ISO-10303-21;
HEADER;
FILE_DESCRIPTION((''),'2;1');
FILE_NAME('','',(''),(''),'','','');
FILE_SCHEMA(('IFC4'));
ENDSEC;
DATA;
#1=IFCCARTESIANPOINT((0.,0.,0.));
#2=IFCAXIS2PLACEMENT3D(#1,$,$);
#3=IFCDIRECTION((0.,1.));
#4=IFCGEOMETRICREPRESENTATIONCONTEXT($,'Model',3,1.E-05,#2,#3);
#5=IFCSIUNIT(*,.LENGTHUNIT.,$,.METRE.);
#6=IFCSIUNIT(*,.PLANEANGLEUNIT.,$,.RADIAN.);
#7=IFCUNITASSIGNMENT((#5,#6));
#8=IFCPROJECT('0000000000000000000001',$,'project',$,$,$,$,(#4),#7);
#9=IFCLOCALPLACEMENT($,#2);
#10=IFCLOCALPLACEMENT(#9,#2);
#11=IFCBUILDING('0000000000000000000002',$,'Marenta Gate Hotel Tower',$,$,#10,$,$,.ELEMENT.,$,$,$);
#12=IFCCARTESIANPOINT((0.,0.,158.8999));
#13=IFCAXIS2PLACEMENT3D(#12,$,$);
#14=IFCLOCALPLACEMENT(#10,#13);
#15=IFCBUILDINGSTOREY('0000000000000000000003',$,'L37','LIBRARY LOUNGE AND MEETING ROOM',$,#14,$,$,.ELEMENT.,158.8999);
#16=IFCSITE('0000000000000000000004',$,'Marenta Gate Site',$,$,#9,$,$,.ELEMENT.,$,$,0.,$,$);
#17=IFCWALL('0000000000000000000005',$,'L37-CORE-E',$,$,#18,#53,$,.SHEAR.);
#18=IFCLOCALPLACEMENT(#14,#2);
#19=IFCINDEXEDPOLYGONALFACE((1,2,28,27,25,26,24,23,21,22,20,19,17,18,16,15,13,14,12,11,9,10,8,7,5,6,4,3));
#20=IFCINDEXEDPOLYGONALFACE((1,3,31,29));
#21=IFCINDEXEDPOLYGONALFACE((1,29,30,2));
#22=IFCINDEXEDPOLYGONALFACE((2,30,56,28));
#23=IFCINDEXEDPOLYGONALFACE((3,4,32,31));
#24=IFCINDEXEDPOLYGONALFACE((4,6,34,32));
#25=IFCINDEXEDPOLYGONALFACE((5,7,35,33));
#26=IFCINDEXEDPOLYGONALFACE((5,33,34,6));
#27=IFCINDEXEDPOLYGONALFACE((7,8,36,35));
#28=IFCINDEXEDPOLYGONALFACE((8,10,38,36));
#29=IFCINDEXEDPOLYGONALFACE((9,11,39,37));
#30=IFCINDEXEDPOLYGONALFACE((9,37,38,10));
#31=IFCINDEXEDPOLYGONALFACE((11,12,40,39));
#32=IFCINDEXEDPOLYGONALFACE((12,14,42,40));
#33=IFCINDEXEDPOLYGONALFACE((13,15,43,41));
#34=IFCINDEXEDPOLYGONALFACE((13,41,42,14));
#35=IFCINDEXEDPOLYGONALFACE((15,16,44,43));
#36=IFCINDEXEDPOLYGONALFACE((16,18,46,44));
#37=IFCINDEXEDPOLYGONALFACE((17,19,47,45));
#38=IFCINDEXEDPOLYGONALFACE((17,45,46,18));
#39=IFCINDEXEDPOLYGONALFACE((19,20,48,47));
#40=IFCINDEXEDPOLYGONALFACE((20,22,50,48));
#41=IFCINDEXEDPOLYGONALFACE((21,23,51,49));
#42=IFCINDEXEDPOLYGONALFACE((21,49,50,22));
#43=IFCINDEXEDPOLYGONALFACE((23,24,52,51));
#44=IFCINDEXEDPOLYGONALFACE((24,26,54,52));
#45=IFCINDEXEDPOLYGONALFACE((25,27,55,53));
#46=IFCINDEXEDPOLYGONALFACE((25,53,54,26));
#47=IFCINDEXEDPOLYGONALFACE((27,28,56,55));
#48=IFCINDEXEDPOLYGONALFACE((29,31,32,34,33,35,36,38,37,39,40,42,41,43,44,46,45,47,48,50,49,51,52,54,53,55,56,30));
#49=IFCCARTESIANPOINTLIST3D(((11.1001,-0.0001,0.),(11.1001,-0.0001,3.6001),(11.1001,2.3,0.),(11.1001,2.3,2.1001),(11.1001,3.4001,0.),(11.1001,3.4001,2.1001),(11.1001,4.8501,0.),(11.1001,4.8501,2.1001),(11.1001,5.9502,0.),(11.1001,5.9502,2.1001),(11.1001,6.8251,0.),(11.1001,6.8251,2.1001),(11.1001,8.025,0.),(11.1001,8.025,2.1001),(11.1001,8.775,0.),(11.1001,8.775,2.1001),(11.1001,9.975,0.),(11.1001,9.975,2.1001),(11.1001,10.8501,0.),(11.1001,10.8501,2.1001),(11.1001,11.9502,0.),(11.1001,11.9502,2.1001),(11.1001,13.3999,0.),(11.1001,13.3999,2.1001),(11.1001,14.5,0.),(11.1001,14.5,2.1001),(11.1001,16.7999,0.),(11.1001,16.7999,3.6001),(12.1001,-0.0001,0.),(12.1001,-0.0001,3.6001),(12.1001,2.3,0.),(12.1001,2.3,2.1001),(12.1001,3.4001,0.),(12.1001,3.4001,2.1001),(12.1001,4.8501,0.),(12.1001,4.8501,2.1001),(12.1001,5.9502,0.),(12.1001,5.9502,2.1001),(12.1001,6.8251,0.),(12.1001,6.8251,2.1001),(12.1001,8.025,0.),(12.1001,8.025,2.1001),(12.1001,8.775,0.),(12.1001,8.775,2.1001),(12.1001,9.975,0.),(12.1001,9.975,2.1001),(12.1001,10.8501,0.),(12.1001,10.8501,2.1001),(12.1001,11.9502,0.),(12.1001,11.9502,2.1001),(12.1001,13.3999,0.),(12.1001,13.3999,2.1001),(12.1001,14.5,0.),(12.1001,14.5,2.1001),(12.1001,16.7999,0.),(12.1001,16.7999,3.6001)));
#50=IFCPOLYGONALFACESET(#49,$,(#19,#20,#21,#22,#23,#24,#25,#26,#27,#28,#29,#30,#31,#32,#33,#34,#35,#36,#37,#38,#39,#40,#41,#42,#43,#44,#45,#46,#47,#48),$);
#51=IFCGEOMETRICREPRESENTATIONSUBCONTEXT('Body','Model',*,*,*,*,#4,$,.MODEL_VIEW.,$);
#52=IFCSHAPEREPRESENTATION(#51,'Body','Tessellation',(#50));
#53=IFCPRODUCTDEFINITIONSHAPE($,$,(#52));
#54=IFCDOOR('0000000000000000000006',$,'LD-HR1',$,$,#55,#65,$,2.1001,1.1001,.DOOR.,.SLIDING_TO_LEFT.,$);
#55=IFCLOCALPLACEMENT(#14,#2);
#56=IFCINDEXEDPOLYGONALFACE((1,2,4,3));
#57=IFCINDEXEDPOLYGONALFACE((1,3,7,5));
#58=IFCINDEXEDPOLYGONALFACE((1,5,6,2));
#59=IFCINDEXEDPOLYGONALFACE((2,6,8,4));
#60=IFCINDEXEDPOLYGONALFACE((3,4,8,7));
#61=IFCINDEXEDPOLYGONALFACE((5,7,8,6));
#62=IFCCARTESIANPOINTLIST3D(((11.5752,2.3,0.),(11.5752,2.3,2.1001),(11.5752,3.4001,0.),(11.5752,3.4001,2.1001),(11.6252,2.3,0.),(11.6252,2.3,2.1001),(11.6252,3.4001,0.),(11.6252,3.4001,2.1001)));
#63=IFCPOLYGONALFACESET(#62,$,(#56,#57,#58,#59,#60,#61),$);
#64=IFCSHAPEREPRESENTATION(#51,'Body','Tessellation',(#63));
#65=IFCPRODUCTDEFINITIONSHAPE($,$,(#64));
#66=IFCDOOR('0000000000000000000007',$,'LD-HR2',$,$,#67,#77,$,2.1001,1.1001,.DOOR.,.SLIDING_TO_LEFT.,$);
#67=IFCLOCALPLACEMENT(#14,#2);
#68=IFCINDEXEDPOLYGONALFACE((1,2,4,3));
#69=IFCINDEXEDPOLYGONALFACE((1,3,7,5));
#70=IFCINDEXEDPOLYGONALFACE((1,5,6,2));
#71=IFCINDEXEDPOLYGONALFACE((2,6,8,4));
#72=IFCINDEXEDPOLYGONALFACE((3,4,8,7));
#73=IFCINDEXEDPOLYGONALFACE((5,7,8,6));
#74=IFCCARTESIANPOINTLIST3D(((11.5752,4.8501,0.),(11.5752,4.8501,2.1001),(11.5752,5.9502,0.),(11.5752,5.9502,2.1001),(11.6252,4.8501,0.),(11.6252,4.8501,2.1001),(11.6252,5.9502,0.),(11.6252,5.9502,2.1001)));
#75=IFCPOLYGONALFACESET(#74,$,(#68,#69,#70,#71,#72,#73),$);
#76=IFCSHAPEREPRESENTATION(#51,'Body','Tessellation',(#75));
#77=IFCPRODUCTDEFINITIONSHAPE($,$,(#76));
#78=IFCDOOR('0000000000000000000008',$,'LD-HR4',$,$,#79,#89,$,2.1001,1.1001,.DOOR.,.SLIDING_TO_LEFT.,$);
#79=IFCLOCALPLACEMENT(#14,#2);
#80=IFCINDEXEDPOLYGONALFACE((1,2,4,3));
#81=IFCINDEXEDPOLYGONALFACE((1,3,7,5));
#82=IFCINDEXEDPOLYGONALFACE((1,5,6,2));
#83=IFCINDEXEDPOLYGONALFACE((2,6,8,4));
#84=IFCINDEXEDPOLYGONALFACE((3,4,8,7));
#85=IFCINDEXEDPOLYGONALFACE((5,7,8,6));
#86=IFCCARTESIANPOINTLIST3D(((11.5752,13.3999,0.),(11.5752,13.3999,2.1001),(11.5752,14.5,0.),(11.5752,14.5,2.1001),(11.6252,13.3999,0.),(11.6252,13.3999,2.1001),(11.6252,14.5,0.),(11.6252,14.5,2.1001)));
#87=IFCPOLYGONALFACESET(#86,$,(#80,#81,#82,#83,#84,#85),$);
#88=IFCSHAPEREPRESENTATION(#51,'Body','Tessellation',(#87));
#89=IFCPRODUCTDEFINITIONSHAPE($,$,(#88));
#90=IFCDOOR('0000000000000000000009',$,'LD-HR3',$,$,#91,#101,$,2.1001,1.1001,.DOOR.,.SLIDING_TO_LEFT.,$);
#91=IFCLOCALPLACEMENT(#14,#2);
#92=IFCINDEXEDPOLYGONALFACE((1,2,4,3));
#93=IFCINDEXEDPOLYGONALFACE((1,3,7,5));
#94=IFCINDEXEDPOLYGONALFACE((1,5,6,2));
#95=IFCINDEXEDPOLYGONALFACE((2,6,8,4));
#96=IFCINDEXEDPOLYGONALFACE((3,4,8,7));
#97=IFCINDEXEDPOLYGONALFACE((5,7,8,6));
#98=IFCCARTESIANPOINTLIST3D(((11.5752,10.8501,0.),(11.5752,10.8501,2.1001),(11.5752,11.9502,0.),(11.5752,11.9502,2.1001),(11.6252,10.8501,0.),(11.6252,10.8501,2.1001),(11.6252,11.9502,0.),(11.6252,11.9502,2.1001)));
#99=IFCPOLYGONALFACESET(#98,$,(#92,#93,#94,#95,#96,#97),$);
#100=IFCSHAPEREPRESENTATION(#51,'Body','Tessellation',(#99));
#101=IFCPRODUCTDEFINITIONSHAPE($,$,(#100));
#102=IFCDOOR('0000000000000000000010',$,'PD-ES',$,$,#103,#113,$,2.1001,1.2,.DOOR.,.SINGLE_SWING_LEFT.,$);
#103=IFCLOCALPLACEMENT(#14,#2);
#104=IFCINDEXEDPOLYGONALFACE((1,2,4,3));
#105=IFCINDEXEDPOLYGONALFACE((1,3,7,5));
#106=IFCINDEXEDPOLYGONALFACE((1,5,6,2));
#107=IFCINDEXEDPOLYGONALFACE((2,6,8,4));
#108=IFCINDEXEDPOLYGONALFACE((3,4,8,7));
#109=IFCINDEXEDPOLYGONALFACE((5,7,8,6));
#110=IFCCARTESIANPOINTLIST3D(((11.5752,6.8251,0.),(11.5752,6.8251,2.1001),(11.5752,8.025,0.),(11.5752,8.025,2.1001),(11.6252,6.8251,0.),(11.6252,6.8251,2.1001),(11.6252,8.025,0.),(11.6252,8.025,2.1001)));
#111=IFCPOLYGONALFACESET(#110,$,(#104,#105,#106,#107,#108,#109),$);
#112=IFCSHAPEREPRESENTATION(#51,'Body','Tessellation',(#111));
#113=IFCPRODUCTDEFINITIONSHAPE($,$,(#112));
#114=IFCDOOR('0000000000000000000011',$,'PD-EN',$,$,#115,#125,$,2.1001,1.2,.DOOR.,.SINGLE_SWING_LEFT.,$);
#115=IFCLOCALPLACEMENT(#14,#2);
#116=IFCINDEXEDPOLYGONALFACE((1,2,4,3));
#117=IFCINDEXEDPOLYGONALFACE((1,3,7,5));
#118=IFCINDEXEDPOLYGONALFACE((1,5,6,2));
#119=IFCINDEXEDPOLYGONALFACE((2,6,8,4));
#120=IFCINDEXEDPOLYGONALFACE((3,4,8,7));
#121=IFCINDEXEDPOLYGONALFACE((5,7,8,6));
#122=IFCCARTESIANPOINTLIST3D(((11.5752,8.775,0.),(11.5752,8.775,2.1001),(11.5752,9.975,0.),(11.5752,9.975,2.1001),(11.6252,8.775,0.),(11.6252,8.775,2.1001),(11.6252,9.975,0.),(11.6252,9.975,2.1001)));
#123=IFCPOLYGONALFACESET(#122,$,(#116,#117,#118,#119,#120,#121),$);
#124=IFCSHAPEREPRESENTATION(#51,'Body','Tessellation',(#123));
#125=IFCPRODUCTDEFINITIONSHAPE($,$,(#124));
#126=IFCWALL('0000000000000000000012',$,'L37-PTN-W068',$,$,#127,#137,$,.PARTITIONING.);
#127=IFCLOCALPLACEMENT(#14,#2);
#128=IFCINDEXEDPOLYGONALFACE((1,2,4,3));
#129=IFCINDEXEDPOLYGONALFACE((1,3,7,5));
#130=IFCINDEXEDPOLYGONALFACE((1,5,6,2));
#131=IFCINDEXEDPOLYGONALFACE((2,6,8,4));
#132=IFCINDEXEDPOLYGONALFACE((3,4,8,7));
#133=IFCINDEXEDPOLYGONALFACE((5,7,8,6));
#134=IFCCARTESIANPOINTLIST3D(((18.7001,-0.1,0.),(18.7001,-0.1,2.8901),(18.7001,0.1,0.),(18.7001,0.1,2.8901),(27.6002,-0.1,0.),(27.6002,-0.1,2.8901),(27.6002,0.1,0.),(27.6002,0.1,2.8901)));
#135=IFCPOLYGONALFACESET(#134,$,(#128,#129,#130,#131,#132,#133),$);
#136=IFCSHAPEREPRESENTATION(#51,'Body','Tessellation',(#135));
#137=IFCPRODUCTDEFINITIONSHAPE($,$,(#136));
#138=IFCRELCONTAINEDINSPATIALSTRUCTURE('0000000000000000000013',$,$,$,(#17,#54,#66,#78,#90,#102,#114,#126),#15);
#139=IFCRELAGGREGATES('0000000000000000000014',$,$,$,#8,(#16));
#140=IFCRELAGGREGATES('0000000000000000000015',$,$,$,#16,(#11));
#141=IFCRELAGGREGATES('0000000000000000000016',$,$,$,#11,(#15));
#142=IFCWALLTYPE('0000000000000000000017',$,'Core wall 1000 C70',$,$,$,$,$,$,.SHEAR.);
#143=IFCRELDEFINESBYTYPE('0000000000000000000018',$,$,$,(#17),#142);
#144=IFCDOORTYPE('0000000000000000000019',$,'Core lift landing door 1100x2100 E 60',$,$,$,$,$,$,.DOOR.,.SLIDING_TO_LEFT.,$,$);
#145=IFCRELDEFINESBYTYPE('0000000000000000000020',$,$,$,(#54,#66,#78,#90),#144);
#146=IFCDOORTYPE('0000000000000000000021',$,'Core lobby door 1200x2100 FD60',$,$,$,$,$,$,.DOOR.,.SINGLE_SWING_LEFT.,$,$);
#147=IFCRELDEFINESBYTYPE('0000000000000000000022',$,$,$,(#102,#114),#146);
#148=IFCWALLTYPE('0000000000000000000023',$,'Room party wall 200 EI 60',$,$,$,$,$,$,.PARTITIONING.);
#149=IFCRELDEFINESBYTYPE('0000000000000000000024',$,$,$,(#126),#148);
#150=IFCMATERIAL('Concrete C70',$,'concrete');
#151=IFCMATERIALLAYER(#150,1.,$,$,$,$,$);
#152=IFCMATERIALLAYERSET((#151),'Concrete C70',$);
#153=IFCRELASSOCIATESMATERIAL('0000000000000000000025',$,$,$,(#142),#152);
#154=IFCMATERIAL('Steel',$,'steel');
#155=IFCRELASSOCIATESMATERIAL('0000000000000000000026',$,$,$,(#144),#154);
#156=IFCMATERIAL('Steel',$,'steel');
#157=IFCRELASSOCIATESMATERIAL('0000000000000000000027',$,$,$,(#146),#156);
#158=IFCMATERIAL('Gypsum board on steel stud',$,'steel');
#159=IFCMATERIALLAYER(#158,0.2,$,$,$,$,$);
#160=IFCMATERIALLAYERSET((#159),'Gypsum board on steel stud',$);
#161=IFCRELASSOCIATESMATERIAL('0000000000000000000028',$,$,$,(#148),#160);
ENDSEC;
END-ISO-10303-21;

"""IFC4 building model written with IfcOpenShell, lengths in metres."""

from ifc_helpers import new_model, si_unit, direction, frame, frame_2d, origin, place, context, subcontext, project, spatial, rectangle, extrude, material, layer, layer_set, type_object, element, fill, save


model = new_model("IFC4")

# Units and contexts
model_context = context("Model", 3, precision=1e-05, world=origin(), true_north=direction((0.0, 1.0)))
body_context = subcontext(model_context, "Body", "Model", "MODEL_VIEW")
ifc_project = project(units=[si_unit("LENGTHUNIT", "METRE"), si_unit("PLANEANGLEUNIT", "RADIAN")], contexts=[model_context])

# Site, building, storey
site_placement = place(None, origin())
site = spatial("IfcSite", under=ifc_project, at=site_placement, Name="Marenta Gate Site", CompositionType="ELEMENT", RefElevation=0.0)
building_placement = place(site_placement, origin())
building = spatial("IfcBuilding", under=site, at=building_placement, Name="Marenta Gate Hotel Tower", CompositionType="ELEMENT")
storey_placement = place(building_placement, frame((0.0, 0.0, 158.8999)))
storey = spatial("IfcBuildingStorey", under=building, at=storey_placement, Name="L37", Description="LIBRARY LOUNGE AND MEETING ROOM", CompositionType="ELEMENT", Elevation=158.8999)

# Wall, openings, doors
ifc_material_1 = material(Name="Concrete C70", Category="concrete")
ifc_layer_1 = layer(ifc_material_1, 1.0)
ifc_layer_set_1 = layer_set([ifc_layer_1], Name="Concrete C70")
wall_type_1 = type_object("IfcWallType", Name="Core wall 1000 C70", PredefinedType="SHEAR", material=ifc_layer_set_1)
wall_1_placement = place(storey_placement, frame((11.6001, 0.0, 0.0), z_axis=(0.0, 0.0, 1.0), x_axis=(0.0, 1.0, 0.0)))
wall_1 = element("IfcWall", 1, at=wall_1_placement, inside=storey, type_object=wall_type_1, Name="L37-CORE-E", PredefinedType="SHEAR", context=body_context, shape_type="SweptSolid", body=[
    extrude(rectangle(XDim=16.8, YDim=1.0, at=frame_2d((8.3999, 0.0))), origin(), (0.0, 0.0, 1.0), 3.6001),
])
opening_1_placement = place(wall_1_placement, frame((2.3, 0.0, 0.0)))
opening_1 = element("IfcOpeningElement", 2, at=opening_1_placement, cuts=wall_1, PredefinedType="OPENING", context=body_context, shape_type="SweptSolid", body=[
    extrude(rectangle(XDim=1.1001, YDim=2.1001, at=frame_2d((0.55, 1.05))), frame((0.0, 0.5, 0.0), z_axis=(0.0, -1.0, 0.0), x_axis=(1.0, 0.0, 0.0)), (0.0, 0.0, 1.0), 1.0),
])
opening_2_placement = place(wall_1_placement, frame((4.8501, 0.0, 0.0)))
opening_2 = element("IfcOpeningElement", 3, at=opening_2_placement, cuts=wall_1, PredefinedType="OPENING", context=body_context, shape_type="SweptSolid", body=[
    extrude(rectangle(XDim=1.1001, YDim=2.1001, at=frame_2d((0.55, 1.05))), frame((0.0, 0.5, 0.0), z_axis=(0.0, -1.0, 0.0), x_axis=(1.0, 0.0, 0.0)), (0.0, 0.0, 1.0), 1.0),
])
opening_3_placement = place(wall_1_placement, frame((6.825, 0.0, 0.0)))
opening_3 = element("IfcOpeningElement", 4, at=opening_3_placement, cuts=wall_1, PredefinedType="OPENING", context=body_context, shape_type="SweptSolid", body=[
    extrude(rectangle(XDim=1.2, YDim=2.1001, at=frame_2d((0.6001, 1.05))), frame((0.0, 0.5, 0.0), z_axis=(0.0, -1.0, 0.0), x_axis=(1.0, 0.0, 0.0)), (0.0, 0.0, 1.0), 1.0),
])
opening_4_placement = place(wall_1_placement, frame((13.3999, 0.0, 0.0)))
opening_4 = element("IfcOpeningElement", 5, at=opening_4_placement, cuts=wall_1, PredefinedType="OPENING", context=body_context, shape_type="SweptSolid", body=[
    extrude(rectangle(XDim=1.1001, YDim=2.1001, at=frame_2d((0.55, 1.05))), frame((0.0, 0.5, 0.0), z_axis=(0.0, -1.0, 0.0), x_axis=(1.0, 0.0, 0.0)), (0.0, 0.0, 1.0), 1.0),
])
opening_5_placement = place(wall_1_placement, frame((10.8501, 0.0, 0.0)))
opening_5 = element("IfcOpeningElement", 6, at=opening_5_placement, cuts=wall_1, PredefinedType="OPENING", context=body_context, shape_type="SweptSolid", body=[
    extrude(rectangle(XDim=1.1001, YDim=2.1001, at=frame_2d((0.55, 1.05))), frame((0.0, 0.5, 0.0), z_axis=(0.0, -1.0, 0.0), x_axis=(1.0, 0.0, 0.0)), (0.0, 0.0, 1.0), 1.0),
])
opening_6_placement = place(wall_1_placement, frame((8.7749, 0.0, 0.0)))
opening_6 = element("IfcOpeningElement", 7, at=opening_6_placement, cuts=wall_1, PredefinedType="OPENING", context=body_context, shape_type="SweptSolid", body=[
    extrude(rectangle(XDim=1.2, YDim=2.1001, at=frame_2d((0.6001, 1.05))), frame((0.0, 0.5, 0.0), z_axis=(0.0, -1.0, 0.0), x_axis=(1.0, 0.0, 0.0)), (0.0, 0.0, 1.0), 1.0),
])
ifc_material_2 = material(Name="Steel", Category="steel")
door_type_1 = type_object("IfcDoorType", Name="Core lift landing door 1100x2100 E 60", OperationType="SLIDING_TO_LEFT", PredefinedType="DOOR", material=ifc_material_2)
door_1_placement = place(opening_1_placement, origin())
door_1 = element("IfcDoor", 8, at=door_1_placement, inside=storey, type_object=door_type_1, Name="LD-HR1", OperationType="SLIDING_TO_LEFT", OverallHeight=2.1001, OverallWidth=1.1001, PredefinedType="DOOR", context=body_context, shape_type="SweptSolid", body=[
    extrude(rectangle(XDim=1.1001, YDim=2.1001, at=frame_2d((0.55, 1.05))), frame((0.0, 0.0249, 0.0), z_axis=(0.0, -1.0, 0.0), x_axis=(1.0, 0.0, 0.0)), (0.0, 0.0, 1.0), 0.05),
])
fill(opening_1, door_1)
door_2_placement = place(opening_2_placement, origin())
door_2 = element("IfcDoor", 9, at=door_2_placement, inside=storey, type_object=door_type_1, Name="LD-HR2", OperationType="SLIDING_TO_LEFT", OverallHeight=2.1001, OverallWidth=1.1001, PredefinedType="DOOR", context=body_context, shape_type="SweptSolid", body=[
    extrude(rectangle(XDim=1.1001, YDim=2.1001, at=frame_2d((0.55, 1.05))), frame((0.0, 0.0249, 0.0), z_axis=(0.0, -1.0, 0.0), x_axis=(1.0, 0.0, 0.0)), (0.0, 0.0, 1.0), 0.05),
])
fill(opening_2, door_2)
door_3_placement = place(opening_4_placement, origin())
door_3 = element("IfcDoor", 10, at=door_3_placement, inside=storey, type_object=door_type_1, Name="LD-HR4", OperationType="SLIDING_TO_LEFT", OverallHeight=2.1001, OverallWidth=1.1001, PredefinedType="DOOR", context=body_context, shape_type="SweptSolid", body=[
    extrude(rectangle(XDim=1.1001, YDim=2.1001, at=frame_2d((0.55, 1.05))), frame((0.0, 0.0249, 0.0), z_axis=(0.0, -1.0, 0.0), x_axis=(1.0, 0.0, 0.0)), (0.0, 0.0, 1.0), 0.05),
])
fill(opening_4, door_3)
door_4_placement = place(opening_5_placement, origin())
door_4 = element("IfcDoor", 11, at=door_4_placement, inside=storey, type_object=door_type_1, Name="LD-HR3", OperationType="SLIDING_TO_LEFT", OverallHeight=2.1001, OverallWidth=1.1001, PredefinedType="DOOR", context=body_context, shape_type="SweptSolid", body=[
    extrude(rectangle(XDim=1.1001, YDim=2.1001, at=frame_2d((0.55, 1.05))), frame((0.0, 0.0249, 0.0), z_axis=(0.0, -1.0, 0.0), x_axis=(1.0, 0.0, 0.0)), (0.0, 0.0, 1.0), 0.05),
])
fill(opening_5, door_4)
ifc_material_3 = material(Name="Steel", Category="steel")
door_type_2 = type_object("IfcDoorType", Name="Core lobby door 1200x2100 FD60", OperationType="SINGLE_SWING_LEFT", PredefinedType="DOOR", material=ifc_material_3)
door_5_placement = place(opening_3_placement, origin())
door_5 = element("IfcDoor", 12, at=door_5_placement, inside=storey, type_object=door_type_2, Name="PD-ES", OperationType="SINGLE_SWING_LEFT", OverallHeight=2.1001, OverallWidth=1.2, PredefinedType="DOOR", context=body_context, shape_type="SweptSolid", body=[
    extrude(rectangle(XDim=1.2, YDim=2.1001, at=frame_2d((0.6001, 1.05))), frame((0.0, 0.0249, 0.0), z_axis=(0.0, -1.0, 0.0), x_axis=(1.0, 0.0, 0.0)), (0.0, 0.0, 1.0), 0.05),
])
fill(opening_3, door_5)
door_6_placement = place(opening_6_placement, origin())
door_6 = element("IfcDoor", 13, at=door_6_placement, inside=storey, type_object=door_type_2, Name="PD-EN", OperationType="SINGLE_SWING_LEFT", OverallHeight=2.1001, OverallWidth=1.2, PredefinedType="DOOR", context=body_context, shape_type="SweptSolid", body=[
    extrude(rectangle(XDim=1.2, YDim=2.1001, at=frame_2d((0.6001, 1.05))), frame((0.0, 0.0249, 0.0), z_axis=(0.0, -1.0, 0.0), x_axis=(1.0, 0.0, 0.0)), (0.0, 0.0, 1.0), 0.05),
])
fill(opening_6, door_6)

# Wall
ifc_material_4 = material(Name="Gypsum board on steel stud", Category="steel")
ifc_layer_2 = layer(ifc_material_4, 0.2)
ifc_layer_set_2 = layer_set([ifc_layer_2], Name="Gypsum board on steel stud")
wall_type_2 = type_object("IfcWallType", Name="Room party wall 200 EI 60", PredefinedType="PARTITIONING", material=ifc_layer_set_2)
wall_2_placement = place(storey_placement, frame((18.7, 0.0, 0.0), z_axis=(0.0, 0.0, 1.0), x_axis=(1.0, 0.0, 0.0)))
element("IfcWall", 14, at=wall_2_placement, inside=storey, type_object=wall_type_2, Name="L37-PTN-W068", PredefinedType="PARTITIONING", context=body_context, shape_type="SweptSolid", body=[
    extrude(rectangle(XDim=8.9001, YDim=0.2, at=frame_2d((4.4502, 0.0))), origin(), (0.0, 0.0, 1.0), 2.8901),
])

save(model, "model.ifc")
